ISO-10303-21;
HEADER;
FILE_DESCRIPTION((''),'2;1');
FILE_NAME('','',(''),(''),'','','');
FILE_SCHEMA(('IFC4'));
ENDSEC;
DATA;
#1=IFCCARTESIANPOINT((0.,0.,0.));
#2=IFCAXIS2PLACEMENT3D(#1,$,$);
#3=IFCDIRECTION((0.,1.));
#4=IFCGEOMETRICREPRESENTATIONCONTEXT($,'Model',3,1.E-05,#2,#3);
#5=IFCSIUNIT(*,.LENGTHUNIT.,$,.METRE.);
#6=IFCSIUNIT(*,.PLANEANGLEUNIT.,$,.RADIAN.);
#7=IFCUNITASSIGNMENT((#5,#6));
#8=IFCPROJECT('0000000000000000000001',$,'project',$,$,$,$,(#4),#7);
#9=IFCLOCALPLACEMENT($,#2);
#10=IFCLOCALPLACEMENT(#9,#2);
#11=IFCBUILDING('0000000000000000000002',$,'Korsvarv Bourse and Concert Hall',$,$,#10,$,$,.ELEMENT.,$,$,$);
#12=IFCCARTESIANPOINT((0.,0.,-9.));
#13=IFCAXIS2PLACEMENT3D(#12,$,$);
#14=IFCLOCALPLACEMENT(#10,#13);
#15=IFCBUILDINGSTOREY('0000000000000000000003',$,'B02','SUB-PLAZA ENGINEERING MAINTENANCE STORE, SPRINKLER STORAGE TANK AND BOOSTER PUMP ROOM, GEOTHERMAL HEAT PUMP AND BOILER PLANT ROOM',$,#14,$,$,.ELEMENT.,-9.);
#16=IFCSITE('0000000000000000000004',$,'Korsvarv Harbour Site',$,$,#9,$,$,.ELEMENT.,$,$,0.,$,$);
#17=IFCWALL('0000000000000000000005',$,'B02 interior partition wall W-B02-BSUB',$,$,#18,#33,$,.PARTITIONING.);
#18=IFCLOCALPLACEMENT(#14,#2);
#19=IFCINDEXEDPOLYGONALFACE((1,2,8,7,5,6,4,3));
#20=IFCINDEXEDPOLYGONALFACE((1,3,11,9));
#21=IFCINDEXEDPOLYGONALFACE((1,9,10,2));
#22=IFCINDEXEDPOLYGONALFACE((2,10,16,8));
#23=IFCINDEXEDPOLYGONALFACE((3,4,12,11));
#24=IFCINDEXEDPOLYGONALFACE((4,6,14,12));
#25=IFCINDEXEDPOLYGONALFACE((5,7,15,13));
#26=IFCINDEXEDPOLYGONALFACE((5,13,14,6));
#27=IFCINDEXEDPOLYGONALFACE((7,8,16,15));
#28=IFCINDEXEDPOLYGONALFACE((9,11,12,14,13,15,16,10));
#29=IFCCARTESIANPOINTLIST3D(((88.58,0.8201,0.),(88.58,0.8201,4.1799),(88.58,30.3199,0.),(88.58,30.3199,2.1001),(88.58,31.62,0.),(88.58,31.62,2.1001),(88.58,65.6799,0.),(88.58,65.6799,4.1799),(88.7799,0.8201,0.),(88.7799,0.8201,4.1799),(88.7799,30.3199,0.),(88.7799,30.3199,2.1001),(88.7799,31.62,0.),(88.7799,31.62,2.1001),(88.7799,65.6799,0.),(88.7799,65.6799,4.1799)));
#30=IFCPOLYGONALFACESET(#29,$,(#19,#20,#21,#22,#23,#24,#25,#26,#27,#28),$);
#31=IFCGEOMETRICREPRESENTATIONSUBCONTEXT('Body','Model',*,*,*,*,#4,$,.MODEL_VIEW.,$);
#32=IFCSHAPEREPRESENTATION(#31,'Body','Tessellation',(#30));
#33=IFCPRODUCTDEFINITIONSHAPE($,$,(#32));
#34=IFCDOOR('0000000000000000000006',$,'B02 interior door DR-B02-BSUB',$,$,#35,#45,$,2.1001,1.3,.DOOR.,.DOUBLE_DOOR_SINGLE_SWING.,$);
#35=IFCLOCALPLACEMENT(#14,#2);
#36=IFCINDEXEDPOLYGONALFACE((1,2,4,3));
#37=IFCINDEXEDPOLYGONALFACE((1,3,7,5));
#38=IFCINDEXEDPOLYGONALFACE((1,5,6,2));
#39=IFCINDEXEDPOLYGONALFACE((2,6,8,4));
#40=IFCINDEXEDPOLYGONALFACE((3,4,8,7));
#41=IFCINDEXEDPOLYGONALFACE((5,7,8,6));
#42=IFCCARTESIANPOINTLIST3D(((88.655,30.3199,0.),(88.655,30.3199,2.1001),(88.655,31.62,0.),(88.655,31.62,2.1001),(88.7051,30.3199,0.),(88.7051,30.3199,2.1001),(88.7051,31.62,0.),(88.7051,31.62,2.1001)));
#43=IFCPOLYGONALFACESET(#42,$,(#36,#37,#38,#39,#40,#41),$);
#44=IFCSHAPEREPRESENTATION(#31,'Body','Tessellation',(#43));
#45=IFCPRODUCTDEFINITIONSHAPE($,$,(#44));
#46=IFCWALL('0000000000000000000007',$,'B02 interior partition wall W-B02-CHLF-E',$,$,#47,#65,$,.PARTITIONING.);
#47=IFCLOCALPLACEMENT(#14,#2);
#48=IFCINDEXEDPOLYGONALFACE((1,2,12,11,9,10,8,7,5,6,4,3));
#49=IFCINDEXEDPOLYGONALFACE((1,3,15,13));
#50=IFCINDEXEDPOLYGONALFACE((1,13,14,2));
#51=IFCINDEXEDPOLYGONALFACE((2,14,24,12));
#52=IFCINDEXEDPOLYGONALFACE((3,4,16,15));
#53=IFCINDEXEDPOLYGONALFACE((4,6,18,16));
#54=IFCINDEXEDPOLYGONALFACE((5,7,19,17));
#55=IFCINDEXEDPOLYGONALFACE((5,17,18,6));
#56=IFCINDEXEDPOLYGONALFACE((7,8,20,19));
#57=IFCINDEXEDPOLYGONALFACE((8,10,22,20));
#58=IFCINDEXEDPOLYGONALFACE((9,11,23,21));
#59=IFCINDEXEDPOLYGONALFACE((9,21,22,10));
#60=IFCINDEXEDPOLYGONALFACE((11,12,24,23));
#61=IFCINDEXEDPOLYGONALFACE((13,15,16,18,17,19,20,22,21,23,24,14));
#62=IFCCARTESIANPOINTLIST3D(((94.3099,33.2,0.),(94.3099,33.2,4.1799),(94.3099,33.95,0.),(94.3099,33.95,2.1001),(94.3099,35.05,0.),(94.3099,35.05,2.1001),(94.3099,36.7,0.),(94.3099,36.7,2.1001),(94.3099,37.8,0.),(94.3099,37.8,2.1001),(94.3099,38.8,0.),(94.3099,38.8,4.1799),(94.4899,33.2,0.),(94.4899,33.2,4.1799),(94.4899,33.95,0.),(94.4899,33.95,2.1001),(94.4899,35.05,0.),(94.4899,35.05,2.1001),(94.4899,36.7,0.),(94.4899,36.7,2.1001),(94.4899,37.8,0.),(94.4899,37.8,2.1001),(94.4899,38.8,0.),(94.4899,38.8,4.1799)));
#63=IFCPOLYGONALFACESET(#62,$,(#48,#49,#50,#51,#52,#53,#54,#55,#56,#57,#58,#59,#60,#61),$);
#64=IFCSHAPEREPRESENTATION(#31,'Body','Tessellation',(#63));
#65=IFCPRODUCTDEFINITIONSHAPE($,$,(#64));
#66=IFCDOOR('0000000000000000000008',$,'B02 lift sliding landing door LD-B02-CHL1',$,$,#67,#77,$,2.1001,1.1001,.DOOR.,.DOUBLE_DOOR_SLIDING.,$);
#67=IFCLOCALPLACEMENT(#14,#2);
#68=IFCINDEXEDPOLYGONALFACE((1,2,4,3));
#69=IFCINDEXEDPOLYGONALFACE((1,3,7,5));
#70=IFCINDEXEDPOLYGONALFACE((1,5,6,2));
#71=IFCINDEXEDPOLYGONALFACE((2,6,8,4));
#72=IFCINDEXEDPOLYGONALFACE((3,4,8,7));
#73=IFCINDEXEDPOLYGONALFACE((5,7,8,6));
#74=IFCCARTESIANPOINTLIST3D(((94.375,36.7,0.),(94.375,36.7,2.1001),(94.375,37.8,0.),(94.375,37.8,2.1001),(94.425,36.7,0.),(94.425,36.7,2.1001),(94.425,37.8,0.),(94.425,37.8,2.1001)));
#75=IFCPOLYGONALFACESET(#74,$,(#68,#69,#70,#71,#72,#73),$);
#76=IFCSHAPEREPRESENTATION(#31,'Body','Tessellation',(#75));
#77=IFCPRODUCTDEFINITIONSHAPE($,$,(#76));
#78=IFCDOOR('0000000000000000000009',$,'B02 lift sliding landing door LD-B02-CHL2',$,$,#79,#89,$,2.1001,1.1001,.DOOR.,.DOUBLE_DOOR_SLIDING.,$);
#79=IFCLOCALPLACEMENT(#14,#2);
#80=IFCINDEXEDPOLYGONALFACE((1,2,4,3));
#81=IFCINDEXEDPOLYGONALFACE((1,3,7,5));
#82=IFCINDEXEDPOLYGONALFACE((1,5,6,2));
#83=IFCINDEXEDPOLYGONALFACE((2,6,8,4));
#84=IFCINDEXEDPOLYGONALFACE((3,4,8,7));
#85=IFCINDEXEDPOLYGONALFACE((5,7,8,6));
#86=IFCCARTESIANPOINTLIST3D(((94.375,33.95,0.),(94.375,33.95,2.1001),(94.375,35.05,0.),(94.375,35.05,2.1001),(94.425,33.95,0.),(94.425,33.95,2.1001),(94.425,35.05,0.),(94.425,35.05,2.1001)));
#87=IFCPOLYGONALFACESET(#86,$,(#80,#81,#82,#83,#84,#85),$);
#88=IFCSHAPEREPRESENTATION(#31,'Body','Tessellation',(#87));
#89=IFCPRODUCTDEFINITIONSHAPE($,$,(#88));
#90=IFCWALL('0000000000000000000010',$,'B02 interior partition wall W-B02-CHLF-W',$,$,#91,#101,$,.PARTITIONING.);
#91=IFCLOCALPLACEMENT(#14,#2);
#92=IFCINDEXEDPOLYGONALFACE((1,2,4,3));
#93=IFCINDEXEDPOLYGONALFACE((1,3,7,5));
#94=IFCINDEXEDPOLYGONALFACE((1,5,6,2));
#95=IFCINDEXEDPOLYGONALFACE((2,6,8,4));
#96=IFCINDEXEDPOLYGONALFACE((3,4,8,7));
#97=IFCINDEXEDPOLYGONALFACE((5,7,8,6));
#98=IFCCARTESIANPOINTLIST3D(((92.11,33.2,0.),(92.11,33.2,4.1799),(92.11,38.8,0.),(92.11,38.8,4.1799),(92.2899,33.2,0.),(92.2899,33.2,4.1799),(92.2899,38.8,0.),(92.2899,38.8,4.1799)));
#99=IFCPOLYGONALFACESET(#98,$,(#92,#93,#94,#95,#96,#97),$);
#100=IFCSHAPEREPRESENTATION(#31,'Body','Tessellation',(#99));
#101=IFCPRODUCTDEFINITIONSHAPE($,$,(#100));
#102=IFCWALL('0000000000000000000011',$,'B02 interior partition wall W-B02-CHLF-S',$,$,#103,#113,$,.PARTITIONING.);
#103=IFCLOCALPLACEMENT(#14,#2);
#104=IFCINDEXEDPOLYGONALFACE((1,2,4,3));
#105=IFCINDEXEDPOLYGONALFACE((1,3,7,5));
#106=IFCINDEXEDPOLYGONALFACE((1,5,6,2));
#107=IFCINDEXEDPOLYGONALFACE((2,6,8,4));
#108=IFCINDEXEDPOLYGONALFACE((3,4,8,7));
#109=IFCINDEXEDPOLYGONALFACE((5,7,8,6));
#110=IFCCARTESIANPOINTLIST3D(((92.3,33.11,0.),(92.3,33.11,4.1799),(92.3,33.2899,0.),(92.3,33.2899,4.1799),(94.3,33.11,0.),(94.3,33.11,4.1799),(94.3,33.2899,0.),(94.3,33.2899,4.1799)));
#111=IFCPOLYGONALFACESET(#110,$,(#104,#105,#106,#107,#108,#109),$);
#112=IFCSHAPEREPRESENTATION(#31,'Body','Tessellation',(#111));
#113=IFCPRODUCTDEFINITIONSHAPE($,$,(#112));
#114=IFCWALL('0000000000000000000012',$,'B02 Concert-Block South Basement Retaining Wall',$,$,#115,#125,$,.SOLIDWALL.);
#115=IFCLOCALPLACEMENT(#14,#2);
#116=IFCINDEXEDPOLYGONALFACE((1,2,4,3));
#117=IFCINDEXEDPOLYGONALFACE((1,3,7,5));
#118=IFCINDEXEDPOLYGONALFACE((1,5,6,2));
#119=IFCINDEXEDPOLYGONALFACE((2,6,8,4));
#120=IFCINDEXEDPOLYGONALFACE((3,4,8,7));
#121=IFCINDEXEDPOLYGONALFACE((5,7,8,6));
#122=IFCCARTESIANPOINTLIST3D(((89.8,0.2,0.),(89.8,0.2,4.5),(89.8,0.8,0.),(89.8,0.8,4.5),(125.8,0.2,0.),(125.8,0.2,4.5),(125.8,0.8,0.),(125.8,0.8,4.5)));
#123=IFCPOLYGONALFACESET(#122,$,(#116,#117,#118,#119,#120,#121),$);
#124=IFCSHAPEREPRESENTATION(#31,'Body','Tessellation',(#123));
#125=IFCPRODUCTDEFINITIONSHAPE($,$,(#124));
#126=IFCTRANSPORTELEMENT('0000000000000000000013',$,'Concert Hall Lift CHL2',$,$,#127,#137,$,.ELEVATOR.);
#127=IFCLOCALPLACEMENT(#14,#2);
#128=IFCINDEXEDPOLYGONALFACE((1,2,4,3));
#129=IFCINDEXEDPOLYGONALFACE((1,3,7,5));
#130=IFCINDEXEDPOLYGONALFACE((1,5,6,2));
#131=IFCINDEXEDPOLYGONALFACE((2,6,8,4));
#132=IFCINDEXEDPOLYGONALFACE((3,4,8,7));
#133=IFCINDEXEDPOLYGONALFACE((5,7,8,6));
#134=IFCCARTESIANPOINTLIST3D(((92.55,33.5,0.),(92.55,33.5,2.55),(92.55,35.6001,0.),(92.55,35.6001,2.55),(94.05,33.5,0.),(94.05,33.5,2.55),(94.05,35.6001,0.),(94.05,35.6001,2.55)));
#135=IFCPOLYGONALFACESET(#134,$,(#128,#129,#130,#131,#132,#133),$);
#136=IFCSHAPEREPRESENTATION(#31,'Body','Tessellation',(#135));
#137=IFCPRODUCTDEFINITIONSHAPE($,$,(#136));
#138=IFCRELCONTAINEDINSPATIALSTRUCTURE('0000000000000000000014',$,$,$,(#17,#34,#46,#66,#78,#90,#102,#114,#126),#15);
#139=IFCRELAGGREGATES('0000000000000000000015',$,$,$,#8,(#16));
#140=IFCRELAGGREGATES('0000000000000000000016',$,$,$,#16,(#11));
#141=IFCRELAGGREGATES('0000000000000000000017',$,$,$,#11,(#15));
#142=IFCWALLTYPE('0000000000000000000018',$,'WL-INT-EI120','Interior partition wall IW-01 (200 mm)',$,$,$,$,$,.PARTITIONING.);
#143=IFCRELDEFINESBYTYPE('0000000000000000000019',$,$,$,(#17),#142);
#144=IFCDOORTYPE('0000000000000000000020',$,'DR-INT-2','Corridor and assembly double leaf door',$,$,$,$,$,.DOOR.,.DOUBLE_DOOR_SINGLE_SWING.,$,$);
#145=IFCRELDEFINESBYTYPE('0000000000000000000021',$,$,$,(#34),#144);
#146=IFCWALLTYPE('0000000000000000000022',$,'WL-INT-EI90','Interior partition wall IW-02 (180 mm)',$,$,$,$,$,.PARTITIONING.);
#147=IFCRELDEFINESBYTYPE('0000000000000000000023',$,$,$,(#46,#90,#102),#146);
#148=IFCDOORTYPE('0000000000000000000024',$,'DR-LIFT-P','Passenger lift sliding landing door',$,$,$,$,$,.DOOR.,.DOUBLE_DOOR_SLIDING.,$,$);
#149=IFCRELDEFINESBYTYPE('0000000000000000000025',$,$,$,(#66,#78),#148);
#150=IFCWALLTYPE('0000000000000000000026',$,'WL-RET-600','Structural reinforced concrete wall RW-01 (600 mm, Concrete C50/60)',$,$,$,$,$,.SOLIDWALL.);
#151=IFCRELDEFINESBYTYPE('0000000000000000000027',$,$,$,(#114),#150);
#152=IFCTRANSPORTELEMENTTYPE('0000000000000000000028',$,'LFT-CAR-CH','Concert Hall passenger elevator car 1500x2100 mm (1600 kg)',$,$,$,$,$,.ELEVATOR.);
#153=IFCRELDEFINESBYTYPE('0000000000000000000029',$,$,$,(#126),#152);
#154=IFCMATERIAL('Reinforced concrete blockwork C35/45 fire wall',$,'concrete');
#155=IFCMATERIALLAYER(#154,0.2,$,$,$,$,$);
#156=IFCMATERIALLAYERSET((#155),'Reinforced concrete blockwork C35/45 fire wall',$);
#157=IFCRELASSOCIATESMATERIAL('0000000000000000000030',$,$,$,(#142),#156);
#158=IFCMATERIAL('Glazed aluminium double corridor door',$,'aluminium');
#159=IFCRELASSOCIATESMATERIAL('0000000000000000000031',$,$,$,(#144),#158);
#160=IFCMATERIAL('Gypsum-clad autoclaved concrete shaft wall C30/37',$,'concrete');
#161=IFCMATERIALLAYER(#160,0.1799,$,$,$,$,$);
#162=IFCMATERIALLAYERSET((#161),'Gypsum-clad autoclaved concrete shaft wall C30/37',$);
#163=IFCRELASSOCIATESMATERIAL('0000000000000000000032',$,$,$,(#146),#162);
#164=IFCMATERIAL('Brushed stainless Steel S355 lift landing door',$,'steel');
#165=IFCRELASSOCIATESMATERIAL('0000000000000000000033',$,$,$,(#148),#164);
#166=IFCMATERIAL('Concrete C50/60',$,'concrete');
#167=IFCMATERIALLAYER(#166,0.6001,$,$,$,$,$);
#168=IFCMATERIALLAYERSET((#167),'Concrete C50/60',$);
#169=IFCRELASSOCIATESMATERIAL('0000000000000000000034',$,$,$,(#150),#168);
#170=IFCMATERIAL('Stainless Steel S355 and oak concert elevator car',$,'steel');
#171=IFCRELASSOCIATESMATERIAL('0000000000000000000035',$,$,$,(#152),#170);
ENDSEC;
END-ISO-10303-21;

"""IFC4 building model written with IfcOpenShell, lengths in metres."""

from ifc_helpers import new_model, si_unit, direction, frame, frame_2d, origin, origin_2d, place, context, subcontext, project, spatial, rectangle, extrude, source, transform, mapped, material, layer, layer_set, type_object, element, fill, save


model = new_model("IFC4")

# Units and contexts
model_context = context("Model", 3, precision=1e-05, world=origin(), true_north=direction((0.0, 1.0)))
body_context = subcontext(model_context, "Body", "Model", "MODEL_VIEW")
ifc_project = project(units=[si_unit("LENGTHUNIT", "METRE"), si_unit("PLANEANGLEUNIT", "RADIAN")], contexts=[model_context])

# Site, building, storey
site_placement = place(None, origin())
site = spatial("IfcSite", under=ifc_project, at=site_placement, Name="Korsvarv Harbour Site", CompositionType="ELEMENT", RefElevation=0.0)
building_placement = place(site_placement, origin())
building = spatial("IfcBuilding", under=site, at=building_placement, Name="Korsvarv Bourse and Concert Hall", CompositionType="ELEMENT")
storey_placement = place(building_placement, frame((0.0, 0.0, -9.0)))
storey = spatial("IfcBuildingStorey", under=building, at=storey_placement, Name="B02", Description="SUB-PLAZA ENGINEERING MAINTENANCE STORE, SPRINKLER STORAGE TANK AND BOOSTER PUMP ROOM, GEOTHERMAL HEAT PUMP AND BOILER PLANT ROOM", CompositionType="ELEMENT", Elevation=-9.0)

# Shared definitions
ifc_material_1 = material(Name="Concrete C50/60", Category="concrete")

# Wall, opening, door
ifc_material_2 = material(Name="Reinforced concrete blockwork C35/45 fire wall", Category="concrete")
ifc_layer_1 = layer(ifc_material_2, 0.2)
ifc_layer_set_1 = layer_set([ifc_layer_1], Name="Reinforced concrete blockwork C35/45 fire wall")
wall_type_1 = type_object("IfcWallType", Name="WL-INT-EI120", Description="Interior partition wall IW-01 (200 mm)", PredefinedType="PARTITIONING", material=ifc_layer_set_1)
wall_1_placement = place(storey_placement, frame((88.6799, 0.8201, 0.0), z_axis=(0.0, 0.0, 1.0), x_axis=(0.0, 1.0, 0.0)))
wall_1 = element("IfcWall", 1, at=wall_1_placement, inside=storey, type_object=wall_type_1, Name="B02 interior partition wall W-B02-BSUB", PredefinedType="PARTITIONING", context=body_context, shape_type="SweptSolid", body=[
    extrude(rectangle(XDim=64.8599, YDim=0.2, at=frame_2d((32.4299, 0.0))), origin(), (0.0, 0.0, 1.0), 4.1799),
])
opening_1_placement = place(wall_1_placement, frame((29.5, 0.0, 0.0)))
opening_1 = element("IfcOpeningElement", 2, at=opening_1_placement, cuts=wall_1, PredefinedType="OPENING", context=body_context, shape_type="SweptSolid", body=[
    extrude(rectangle(XDim=1.3, YDim=2.1001, at=frame_2d((0.6499, 1.05))), frame((0.0, 0.1099, 0.0), z_axis=(0.0, -1.0, 0.0), x_axis=(1.0, 0.0, 0.0)), (0.0, 0.0, 1.0), 0.22),
])
ifc_material_3 = material(Name="Glazed aluminium double corridor door", Category="aluminium")
door_type_1 = type_object("IfcDoorType", Name="DR-INT-2", Description="Corridor and assembly double leaf door", OperationType="DOUBLE_DOOR_SINGLE_SWING", PredefinedType="DOOR", material=ifc_material_3)
door_1_placement = place(opening_1_placement, origin())
door_1 = element("IfcDoor", 3, at=door_1_placement, inside=storey, type_object=door_type_1, Name="B02 interior door DR-B02-BSUB", OperationType="DOUBLE_DOOR_SINGLE_SWING", OverallHeight=2.1001, OverallWidth=1.3, PredefinedType="DOOR", context=body_context, shape_type="SweptSolid", body=[
    extrude(rectangle(XDim=1.3, YDim=2.1001, at=frame_2d((0.6499, 1.05))), frame((0.0, 0.0249, 0.0), z_axis=(0.0, -1.0, 0.0), x_axis=(1.0, 0.0, 0.0)), (0.0, 0.0, 1.0), 0.05),
])
fill(opening_1, door_1)

# Wall, openings, doors
ifc_material_4 = material(Name="Gypsum-clad autoclaved concrete shaft wall C30/37", Category="concrete")
ifc_layer_2 = layer(ifc_material_4, 0.1799)
ifc_layer_set_2 = layer_set([ifc_layer_2], Name="Gypsum-clad autoclaved concrete shaft wall C30/37")
wall_type_2 = type_object("IfcWallType", Name="WL-INT-EI90", Description="Interior partition wall IW-02 (180 mm)", PredefinedType="PARTITIONING", material=ifc_layer_set_2)
wall_2_placement = place(storey_placement, frame((94.3999, 33.2, 0.0), z_axis=(0.0, 0.0, 1.0), x_axis=(0.0, 1.0, 0.0)))
wall_2 = element("IfcWall", 4, at=wall_2_placement, inside=storey, type_object=wall_type_2, Name="B02 interior partition wall W-B02-CHLF-E", PredefinedType="PARTITIONING", context=body_context, shape_type="SweptSolid", body=[
    extrude(rectangle(XDim=5.6001, YDim=0.1799, at=frame_2d((2.8, 0.0))), origin(), (0.0, 0.0, 1.0), 4.1799),
])
opening_2_placement = place(wall_2_placement, frame((3.5, 0.0, 0.0)))
opening_2 = element("IfcOpeningElement", 5, at=opening_2_placement, cuts=wall_2, PredefinedType="OPENING", context=body_context, shape_type="SweptSolid", body=[
    extrude(rectangle(XDim=1.1001, YDim=2.1001, at=frame_2d((0.55, 1.05))), frame((0.0, 0.1001, 0.0), z_axis=(0.0, -1.0, 0.0), x_axis=(1.0, 0.0, 0.0)), (0.0, 0.0, 1.0), 0.2),
])
opening_3_placement = place(wall_2_placement, frame((0.75, 0.0, 0.0)))
opening_3 = element("IfcOpeningElement", 6, at=opening_3_placement, cuts=wall_2, PredefinedType="OPENING", context=body_context, shape_type="SweptSolid", body=[
    extrude(rectangle(XDim=1.1001, YDim=2.1001, at=frame_2d((0.55, 1.05))), frame((0.0, 0.1001, 0.0), z_axis=(0.0, -1.0, 0.0), x_axis=(1.0, 0.0, 0.0)), (0.0, 0.0, 1.0), 0.2),
])
ifc_material_5 = material(Name="Brushed stainless Steel S355 lift landing door", Category="steel")
door_type_2 = type_object("IfcDoorType", Name="DR-LIFT-P", Description="Passenger lift sliding landing door", OperationType="DOUBLE_DOOR_SLIDING", PredefinedType="DOOR", material=ifc_material_5)
door_2_placement = place(opening_2_placement, origin())
door_2 = element("IfcDoor", 7, at=door_2_placement, inside=storey, type_object=door_type_2, Name="B02 lift sliding landing door LD-B02-CHL1", OperationType="DOUBLE_DOOR_SLIDING", OverallHeight=2.1001, OverallWidth=1.1001, PredefinedType="DOOR", context=body_context, shape_type="SweptSolid", body=[
    extrude(rectangle(XDim=1.1001, YDim=2.1001, at=frame_2d((0.55, 1.05))), frame((0.0, 0.0249, 0.0), z_axis=(0.0, -1.0, 0.0), x_axis=(1.0, 0.0, 0.0)), (0.0, 0.0, 1.0), 0.05),
])
fill(opening_2, door_2)
door_3_placement = place(opening_3_placement, origin())
door_3 = element("IfcDoor", 8, at=door_3_placement, inside=storey, type_object=door_type_2, Name="B02 lift sliding landing door LD-B02-CHL2", OperationType="DOUBLE_DOOR_SLIDING", OverallHeight=2.1001, OverallWidth=1.1001, PredefinedType="DOOR", context=body_context, shape_type="SweptSolid", body=[
    extrude(rectangle(XDim=1.1001, YDim=2.1001, at=frame_2d((0.55, 1.05))), frame((0.0, 0.0249, 0.0), z_axis=(0.0, -1.0, 0.0), x_axis=(1.0, 0.0, 0.0)), (0.0, 0.0, 1.0), 0.05),
])
fill(opening_3, door_3)

# Walls
wall_3_placement = place(storey_placement, frame((92.2, 33.2, 0.0), z_axis=(0.0, 0.0, 1.0), x_axis=(0.0, 1.0, 0.0)))
element("IfcWall", 9, at=wall_3_placement, inside=storey, type_object=wall_type_2, Name="B02 interior partition wall W-B02-CHLF-W", PredefinedType="PARTITIONING", context=body_context, shape_type="SweptSolid", body=[
    extrude(rectangle(XDim=5.6001, YDim=0.1799, at=frame_2d((2.8, 0.0))), origin(), (0.0, 0.0, 1.0), 4.1799),
])
wall_4_placement = place(storey_placement, frame((92.3, 33.2, 0.0), z_axis=(0.0, 0.0, 1.0), x_axis=(1.0, 0.0, 0.0)))
element("IfcWall", 10, at=wall_4_placement, inside=storey, type_object=wall_type_2, Name="B02 interior partition wall W-B02-CHLF-S", PredefinedType="PARTITIONING", context=body_context, shape_type="SweptSolid", body=[
    extrude(rectangle(XDim=2.0, YDim=0.1799, at=frame_2d((1.0, 0.0))), origin(), (0.0, 0.0, 1.0), 4.1799),
])
ifc_layer_3 = layer(ifc_material_1, 0.6001)
ifc_layer_set_3 = layer_set([ifc_layer_3], Name="Concrete C50/60")
wall_type_3 = type_object("IfcWallType", Name="WL-RET-600", Description="Structural reinforced concrete wall RW-01 (600 mm, Concrete C50/60)", PredefinedType="SOLIDWALL", material=ifc_layer_set_3)
wall_5_placement = place(storey_placement, frame((89.8, 0.5, 0.0), z_axis=(0.0, 0.0, 1.0), x_axis=(1.0, 0.0, 0.0)))
element("IfcWall", 11, at=wall_5_placement, inside=storey, type_object=wall_type_3, Name="B02 Concert-Block South Basement Retaining Wall", PredefinedType="SOLIDWALL", context=body_context, shape_type="SweptSolid", body=[
    extrude(rectangle(XDim=36.0, YDim=0.6001, at=frame_2d((18.0, 0.0))), origin(), (0.0, 0.0, 1.0), 4.5),
])

# Transport element
ifc_material_6 = material(Name="Stainless Steel S355 and oak concert elevator car", Category="steel")
transport_element_type = type_object("IfcTransportElementType", Name="LFT-CAR-CH", Description="Concert Hall passenger elevator car 1500x2100 mm (1600 kg)", PredefinedType="ELEVATOR", material=ifc_material_6)
shared_shape_1 = source(origin(), body_context, "Body", "SweptSolid", [
    extrude(rectangle(XDim=1.5, YDim=2.1001, at=origin_2d()), origin(), (0.0, 0.0, 1.0), 2.55),
])
transport_element_placement = place(storey_placement, frame((93.3, 34.55, 0.0), z_axis=(0.0, 0.0, 1.0), x_axis=(1.0, 0.0, 0.0)))
element("IfcTransportElement", 12, at=transport_element_placement, inside=storey, type_object=transport_element_type, Name="Concert Hall Lift CHL2", PredefinedType="ELEVATOR", context=body_context, shape_type="MappedRepresentation", body=[
    mapped(shared_shape_1, transform((0.0, 0.0, 0.0), scale=1.0)),
])

save(model, "model.ifc")
